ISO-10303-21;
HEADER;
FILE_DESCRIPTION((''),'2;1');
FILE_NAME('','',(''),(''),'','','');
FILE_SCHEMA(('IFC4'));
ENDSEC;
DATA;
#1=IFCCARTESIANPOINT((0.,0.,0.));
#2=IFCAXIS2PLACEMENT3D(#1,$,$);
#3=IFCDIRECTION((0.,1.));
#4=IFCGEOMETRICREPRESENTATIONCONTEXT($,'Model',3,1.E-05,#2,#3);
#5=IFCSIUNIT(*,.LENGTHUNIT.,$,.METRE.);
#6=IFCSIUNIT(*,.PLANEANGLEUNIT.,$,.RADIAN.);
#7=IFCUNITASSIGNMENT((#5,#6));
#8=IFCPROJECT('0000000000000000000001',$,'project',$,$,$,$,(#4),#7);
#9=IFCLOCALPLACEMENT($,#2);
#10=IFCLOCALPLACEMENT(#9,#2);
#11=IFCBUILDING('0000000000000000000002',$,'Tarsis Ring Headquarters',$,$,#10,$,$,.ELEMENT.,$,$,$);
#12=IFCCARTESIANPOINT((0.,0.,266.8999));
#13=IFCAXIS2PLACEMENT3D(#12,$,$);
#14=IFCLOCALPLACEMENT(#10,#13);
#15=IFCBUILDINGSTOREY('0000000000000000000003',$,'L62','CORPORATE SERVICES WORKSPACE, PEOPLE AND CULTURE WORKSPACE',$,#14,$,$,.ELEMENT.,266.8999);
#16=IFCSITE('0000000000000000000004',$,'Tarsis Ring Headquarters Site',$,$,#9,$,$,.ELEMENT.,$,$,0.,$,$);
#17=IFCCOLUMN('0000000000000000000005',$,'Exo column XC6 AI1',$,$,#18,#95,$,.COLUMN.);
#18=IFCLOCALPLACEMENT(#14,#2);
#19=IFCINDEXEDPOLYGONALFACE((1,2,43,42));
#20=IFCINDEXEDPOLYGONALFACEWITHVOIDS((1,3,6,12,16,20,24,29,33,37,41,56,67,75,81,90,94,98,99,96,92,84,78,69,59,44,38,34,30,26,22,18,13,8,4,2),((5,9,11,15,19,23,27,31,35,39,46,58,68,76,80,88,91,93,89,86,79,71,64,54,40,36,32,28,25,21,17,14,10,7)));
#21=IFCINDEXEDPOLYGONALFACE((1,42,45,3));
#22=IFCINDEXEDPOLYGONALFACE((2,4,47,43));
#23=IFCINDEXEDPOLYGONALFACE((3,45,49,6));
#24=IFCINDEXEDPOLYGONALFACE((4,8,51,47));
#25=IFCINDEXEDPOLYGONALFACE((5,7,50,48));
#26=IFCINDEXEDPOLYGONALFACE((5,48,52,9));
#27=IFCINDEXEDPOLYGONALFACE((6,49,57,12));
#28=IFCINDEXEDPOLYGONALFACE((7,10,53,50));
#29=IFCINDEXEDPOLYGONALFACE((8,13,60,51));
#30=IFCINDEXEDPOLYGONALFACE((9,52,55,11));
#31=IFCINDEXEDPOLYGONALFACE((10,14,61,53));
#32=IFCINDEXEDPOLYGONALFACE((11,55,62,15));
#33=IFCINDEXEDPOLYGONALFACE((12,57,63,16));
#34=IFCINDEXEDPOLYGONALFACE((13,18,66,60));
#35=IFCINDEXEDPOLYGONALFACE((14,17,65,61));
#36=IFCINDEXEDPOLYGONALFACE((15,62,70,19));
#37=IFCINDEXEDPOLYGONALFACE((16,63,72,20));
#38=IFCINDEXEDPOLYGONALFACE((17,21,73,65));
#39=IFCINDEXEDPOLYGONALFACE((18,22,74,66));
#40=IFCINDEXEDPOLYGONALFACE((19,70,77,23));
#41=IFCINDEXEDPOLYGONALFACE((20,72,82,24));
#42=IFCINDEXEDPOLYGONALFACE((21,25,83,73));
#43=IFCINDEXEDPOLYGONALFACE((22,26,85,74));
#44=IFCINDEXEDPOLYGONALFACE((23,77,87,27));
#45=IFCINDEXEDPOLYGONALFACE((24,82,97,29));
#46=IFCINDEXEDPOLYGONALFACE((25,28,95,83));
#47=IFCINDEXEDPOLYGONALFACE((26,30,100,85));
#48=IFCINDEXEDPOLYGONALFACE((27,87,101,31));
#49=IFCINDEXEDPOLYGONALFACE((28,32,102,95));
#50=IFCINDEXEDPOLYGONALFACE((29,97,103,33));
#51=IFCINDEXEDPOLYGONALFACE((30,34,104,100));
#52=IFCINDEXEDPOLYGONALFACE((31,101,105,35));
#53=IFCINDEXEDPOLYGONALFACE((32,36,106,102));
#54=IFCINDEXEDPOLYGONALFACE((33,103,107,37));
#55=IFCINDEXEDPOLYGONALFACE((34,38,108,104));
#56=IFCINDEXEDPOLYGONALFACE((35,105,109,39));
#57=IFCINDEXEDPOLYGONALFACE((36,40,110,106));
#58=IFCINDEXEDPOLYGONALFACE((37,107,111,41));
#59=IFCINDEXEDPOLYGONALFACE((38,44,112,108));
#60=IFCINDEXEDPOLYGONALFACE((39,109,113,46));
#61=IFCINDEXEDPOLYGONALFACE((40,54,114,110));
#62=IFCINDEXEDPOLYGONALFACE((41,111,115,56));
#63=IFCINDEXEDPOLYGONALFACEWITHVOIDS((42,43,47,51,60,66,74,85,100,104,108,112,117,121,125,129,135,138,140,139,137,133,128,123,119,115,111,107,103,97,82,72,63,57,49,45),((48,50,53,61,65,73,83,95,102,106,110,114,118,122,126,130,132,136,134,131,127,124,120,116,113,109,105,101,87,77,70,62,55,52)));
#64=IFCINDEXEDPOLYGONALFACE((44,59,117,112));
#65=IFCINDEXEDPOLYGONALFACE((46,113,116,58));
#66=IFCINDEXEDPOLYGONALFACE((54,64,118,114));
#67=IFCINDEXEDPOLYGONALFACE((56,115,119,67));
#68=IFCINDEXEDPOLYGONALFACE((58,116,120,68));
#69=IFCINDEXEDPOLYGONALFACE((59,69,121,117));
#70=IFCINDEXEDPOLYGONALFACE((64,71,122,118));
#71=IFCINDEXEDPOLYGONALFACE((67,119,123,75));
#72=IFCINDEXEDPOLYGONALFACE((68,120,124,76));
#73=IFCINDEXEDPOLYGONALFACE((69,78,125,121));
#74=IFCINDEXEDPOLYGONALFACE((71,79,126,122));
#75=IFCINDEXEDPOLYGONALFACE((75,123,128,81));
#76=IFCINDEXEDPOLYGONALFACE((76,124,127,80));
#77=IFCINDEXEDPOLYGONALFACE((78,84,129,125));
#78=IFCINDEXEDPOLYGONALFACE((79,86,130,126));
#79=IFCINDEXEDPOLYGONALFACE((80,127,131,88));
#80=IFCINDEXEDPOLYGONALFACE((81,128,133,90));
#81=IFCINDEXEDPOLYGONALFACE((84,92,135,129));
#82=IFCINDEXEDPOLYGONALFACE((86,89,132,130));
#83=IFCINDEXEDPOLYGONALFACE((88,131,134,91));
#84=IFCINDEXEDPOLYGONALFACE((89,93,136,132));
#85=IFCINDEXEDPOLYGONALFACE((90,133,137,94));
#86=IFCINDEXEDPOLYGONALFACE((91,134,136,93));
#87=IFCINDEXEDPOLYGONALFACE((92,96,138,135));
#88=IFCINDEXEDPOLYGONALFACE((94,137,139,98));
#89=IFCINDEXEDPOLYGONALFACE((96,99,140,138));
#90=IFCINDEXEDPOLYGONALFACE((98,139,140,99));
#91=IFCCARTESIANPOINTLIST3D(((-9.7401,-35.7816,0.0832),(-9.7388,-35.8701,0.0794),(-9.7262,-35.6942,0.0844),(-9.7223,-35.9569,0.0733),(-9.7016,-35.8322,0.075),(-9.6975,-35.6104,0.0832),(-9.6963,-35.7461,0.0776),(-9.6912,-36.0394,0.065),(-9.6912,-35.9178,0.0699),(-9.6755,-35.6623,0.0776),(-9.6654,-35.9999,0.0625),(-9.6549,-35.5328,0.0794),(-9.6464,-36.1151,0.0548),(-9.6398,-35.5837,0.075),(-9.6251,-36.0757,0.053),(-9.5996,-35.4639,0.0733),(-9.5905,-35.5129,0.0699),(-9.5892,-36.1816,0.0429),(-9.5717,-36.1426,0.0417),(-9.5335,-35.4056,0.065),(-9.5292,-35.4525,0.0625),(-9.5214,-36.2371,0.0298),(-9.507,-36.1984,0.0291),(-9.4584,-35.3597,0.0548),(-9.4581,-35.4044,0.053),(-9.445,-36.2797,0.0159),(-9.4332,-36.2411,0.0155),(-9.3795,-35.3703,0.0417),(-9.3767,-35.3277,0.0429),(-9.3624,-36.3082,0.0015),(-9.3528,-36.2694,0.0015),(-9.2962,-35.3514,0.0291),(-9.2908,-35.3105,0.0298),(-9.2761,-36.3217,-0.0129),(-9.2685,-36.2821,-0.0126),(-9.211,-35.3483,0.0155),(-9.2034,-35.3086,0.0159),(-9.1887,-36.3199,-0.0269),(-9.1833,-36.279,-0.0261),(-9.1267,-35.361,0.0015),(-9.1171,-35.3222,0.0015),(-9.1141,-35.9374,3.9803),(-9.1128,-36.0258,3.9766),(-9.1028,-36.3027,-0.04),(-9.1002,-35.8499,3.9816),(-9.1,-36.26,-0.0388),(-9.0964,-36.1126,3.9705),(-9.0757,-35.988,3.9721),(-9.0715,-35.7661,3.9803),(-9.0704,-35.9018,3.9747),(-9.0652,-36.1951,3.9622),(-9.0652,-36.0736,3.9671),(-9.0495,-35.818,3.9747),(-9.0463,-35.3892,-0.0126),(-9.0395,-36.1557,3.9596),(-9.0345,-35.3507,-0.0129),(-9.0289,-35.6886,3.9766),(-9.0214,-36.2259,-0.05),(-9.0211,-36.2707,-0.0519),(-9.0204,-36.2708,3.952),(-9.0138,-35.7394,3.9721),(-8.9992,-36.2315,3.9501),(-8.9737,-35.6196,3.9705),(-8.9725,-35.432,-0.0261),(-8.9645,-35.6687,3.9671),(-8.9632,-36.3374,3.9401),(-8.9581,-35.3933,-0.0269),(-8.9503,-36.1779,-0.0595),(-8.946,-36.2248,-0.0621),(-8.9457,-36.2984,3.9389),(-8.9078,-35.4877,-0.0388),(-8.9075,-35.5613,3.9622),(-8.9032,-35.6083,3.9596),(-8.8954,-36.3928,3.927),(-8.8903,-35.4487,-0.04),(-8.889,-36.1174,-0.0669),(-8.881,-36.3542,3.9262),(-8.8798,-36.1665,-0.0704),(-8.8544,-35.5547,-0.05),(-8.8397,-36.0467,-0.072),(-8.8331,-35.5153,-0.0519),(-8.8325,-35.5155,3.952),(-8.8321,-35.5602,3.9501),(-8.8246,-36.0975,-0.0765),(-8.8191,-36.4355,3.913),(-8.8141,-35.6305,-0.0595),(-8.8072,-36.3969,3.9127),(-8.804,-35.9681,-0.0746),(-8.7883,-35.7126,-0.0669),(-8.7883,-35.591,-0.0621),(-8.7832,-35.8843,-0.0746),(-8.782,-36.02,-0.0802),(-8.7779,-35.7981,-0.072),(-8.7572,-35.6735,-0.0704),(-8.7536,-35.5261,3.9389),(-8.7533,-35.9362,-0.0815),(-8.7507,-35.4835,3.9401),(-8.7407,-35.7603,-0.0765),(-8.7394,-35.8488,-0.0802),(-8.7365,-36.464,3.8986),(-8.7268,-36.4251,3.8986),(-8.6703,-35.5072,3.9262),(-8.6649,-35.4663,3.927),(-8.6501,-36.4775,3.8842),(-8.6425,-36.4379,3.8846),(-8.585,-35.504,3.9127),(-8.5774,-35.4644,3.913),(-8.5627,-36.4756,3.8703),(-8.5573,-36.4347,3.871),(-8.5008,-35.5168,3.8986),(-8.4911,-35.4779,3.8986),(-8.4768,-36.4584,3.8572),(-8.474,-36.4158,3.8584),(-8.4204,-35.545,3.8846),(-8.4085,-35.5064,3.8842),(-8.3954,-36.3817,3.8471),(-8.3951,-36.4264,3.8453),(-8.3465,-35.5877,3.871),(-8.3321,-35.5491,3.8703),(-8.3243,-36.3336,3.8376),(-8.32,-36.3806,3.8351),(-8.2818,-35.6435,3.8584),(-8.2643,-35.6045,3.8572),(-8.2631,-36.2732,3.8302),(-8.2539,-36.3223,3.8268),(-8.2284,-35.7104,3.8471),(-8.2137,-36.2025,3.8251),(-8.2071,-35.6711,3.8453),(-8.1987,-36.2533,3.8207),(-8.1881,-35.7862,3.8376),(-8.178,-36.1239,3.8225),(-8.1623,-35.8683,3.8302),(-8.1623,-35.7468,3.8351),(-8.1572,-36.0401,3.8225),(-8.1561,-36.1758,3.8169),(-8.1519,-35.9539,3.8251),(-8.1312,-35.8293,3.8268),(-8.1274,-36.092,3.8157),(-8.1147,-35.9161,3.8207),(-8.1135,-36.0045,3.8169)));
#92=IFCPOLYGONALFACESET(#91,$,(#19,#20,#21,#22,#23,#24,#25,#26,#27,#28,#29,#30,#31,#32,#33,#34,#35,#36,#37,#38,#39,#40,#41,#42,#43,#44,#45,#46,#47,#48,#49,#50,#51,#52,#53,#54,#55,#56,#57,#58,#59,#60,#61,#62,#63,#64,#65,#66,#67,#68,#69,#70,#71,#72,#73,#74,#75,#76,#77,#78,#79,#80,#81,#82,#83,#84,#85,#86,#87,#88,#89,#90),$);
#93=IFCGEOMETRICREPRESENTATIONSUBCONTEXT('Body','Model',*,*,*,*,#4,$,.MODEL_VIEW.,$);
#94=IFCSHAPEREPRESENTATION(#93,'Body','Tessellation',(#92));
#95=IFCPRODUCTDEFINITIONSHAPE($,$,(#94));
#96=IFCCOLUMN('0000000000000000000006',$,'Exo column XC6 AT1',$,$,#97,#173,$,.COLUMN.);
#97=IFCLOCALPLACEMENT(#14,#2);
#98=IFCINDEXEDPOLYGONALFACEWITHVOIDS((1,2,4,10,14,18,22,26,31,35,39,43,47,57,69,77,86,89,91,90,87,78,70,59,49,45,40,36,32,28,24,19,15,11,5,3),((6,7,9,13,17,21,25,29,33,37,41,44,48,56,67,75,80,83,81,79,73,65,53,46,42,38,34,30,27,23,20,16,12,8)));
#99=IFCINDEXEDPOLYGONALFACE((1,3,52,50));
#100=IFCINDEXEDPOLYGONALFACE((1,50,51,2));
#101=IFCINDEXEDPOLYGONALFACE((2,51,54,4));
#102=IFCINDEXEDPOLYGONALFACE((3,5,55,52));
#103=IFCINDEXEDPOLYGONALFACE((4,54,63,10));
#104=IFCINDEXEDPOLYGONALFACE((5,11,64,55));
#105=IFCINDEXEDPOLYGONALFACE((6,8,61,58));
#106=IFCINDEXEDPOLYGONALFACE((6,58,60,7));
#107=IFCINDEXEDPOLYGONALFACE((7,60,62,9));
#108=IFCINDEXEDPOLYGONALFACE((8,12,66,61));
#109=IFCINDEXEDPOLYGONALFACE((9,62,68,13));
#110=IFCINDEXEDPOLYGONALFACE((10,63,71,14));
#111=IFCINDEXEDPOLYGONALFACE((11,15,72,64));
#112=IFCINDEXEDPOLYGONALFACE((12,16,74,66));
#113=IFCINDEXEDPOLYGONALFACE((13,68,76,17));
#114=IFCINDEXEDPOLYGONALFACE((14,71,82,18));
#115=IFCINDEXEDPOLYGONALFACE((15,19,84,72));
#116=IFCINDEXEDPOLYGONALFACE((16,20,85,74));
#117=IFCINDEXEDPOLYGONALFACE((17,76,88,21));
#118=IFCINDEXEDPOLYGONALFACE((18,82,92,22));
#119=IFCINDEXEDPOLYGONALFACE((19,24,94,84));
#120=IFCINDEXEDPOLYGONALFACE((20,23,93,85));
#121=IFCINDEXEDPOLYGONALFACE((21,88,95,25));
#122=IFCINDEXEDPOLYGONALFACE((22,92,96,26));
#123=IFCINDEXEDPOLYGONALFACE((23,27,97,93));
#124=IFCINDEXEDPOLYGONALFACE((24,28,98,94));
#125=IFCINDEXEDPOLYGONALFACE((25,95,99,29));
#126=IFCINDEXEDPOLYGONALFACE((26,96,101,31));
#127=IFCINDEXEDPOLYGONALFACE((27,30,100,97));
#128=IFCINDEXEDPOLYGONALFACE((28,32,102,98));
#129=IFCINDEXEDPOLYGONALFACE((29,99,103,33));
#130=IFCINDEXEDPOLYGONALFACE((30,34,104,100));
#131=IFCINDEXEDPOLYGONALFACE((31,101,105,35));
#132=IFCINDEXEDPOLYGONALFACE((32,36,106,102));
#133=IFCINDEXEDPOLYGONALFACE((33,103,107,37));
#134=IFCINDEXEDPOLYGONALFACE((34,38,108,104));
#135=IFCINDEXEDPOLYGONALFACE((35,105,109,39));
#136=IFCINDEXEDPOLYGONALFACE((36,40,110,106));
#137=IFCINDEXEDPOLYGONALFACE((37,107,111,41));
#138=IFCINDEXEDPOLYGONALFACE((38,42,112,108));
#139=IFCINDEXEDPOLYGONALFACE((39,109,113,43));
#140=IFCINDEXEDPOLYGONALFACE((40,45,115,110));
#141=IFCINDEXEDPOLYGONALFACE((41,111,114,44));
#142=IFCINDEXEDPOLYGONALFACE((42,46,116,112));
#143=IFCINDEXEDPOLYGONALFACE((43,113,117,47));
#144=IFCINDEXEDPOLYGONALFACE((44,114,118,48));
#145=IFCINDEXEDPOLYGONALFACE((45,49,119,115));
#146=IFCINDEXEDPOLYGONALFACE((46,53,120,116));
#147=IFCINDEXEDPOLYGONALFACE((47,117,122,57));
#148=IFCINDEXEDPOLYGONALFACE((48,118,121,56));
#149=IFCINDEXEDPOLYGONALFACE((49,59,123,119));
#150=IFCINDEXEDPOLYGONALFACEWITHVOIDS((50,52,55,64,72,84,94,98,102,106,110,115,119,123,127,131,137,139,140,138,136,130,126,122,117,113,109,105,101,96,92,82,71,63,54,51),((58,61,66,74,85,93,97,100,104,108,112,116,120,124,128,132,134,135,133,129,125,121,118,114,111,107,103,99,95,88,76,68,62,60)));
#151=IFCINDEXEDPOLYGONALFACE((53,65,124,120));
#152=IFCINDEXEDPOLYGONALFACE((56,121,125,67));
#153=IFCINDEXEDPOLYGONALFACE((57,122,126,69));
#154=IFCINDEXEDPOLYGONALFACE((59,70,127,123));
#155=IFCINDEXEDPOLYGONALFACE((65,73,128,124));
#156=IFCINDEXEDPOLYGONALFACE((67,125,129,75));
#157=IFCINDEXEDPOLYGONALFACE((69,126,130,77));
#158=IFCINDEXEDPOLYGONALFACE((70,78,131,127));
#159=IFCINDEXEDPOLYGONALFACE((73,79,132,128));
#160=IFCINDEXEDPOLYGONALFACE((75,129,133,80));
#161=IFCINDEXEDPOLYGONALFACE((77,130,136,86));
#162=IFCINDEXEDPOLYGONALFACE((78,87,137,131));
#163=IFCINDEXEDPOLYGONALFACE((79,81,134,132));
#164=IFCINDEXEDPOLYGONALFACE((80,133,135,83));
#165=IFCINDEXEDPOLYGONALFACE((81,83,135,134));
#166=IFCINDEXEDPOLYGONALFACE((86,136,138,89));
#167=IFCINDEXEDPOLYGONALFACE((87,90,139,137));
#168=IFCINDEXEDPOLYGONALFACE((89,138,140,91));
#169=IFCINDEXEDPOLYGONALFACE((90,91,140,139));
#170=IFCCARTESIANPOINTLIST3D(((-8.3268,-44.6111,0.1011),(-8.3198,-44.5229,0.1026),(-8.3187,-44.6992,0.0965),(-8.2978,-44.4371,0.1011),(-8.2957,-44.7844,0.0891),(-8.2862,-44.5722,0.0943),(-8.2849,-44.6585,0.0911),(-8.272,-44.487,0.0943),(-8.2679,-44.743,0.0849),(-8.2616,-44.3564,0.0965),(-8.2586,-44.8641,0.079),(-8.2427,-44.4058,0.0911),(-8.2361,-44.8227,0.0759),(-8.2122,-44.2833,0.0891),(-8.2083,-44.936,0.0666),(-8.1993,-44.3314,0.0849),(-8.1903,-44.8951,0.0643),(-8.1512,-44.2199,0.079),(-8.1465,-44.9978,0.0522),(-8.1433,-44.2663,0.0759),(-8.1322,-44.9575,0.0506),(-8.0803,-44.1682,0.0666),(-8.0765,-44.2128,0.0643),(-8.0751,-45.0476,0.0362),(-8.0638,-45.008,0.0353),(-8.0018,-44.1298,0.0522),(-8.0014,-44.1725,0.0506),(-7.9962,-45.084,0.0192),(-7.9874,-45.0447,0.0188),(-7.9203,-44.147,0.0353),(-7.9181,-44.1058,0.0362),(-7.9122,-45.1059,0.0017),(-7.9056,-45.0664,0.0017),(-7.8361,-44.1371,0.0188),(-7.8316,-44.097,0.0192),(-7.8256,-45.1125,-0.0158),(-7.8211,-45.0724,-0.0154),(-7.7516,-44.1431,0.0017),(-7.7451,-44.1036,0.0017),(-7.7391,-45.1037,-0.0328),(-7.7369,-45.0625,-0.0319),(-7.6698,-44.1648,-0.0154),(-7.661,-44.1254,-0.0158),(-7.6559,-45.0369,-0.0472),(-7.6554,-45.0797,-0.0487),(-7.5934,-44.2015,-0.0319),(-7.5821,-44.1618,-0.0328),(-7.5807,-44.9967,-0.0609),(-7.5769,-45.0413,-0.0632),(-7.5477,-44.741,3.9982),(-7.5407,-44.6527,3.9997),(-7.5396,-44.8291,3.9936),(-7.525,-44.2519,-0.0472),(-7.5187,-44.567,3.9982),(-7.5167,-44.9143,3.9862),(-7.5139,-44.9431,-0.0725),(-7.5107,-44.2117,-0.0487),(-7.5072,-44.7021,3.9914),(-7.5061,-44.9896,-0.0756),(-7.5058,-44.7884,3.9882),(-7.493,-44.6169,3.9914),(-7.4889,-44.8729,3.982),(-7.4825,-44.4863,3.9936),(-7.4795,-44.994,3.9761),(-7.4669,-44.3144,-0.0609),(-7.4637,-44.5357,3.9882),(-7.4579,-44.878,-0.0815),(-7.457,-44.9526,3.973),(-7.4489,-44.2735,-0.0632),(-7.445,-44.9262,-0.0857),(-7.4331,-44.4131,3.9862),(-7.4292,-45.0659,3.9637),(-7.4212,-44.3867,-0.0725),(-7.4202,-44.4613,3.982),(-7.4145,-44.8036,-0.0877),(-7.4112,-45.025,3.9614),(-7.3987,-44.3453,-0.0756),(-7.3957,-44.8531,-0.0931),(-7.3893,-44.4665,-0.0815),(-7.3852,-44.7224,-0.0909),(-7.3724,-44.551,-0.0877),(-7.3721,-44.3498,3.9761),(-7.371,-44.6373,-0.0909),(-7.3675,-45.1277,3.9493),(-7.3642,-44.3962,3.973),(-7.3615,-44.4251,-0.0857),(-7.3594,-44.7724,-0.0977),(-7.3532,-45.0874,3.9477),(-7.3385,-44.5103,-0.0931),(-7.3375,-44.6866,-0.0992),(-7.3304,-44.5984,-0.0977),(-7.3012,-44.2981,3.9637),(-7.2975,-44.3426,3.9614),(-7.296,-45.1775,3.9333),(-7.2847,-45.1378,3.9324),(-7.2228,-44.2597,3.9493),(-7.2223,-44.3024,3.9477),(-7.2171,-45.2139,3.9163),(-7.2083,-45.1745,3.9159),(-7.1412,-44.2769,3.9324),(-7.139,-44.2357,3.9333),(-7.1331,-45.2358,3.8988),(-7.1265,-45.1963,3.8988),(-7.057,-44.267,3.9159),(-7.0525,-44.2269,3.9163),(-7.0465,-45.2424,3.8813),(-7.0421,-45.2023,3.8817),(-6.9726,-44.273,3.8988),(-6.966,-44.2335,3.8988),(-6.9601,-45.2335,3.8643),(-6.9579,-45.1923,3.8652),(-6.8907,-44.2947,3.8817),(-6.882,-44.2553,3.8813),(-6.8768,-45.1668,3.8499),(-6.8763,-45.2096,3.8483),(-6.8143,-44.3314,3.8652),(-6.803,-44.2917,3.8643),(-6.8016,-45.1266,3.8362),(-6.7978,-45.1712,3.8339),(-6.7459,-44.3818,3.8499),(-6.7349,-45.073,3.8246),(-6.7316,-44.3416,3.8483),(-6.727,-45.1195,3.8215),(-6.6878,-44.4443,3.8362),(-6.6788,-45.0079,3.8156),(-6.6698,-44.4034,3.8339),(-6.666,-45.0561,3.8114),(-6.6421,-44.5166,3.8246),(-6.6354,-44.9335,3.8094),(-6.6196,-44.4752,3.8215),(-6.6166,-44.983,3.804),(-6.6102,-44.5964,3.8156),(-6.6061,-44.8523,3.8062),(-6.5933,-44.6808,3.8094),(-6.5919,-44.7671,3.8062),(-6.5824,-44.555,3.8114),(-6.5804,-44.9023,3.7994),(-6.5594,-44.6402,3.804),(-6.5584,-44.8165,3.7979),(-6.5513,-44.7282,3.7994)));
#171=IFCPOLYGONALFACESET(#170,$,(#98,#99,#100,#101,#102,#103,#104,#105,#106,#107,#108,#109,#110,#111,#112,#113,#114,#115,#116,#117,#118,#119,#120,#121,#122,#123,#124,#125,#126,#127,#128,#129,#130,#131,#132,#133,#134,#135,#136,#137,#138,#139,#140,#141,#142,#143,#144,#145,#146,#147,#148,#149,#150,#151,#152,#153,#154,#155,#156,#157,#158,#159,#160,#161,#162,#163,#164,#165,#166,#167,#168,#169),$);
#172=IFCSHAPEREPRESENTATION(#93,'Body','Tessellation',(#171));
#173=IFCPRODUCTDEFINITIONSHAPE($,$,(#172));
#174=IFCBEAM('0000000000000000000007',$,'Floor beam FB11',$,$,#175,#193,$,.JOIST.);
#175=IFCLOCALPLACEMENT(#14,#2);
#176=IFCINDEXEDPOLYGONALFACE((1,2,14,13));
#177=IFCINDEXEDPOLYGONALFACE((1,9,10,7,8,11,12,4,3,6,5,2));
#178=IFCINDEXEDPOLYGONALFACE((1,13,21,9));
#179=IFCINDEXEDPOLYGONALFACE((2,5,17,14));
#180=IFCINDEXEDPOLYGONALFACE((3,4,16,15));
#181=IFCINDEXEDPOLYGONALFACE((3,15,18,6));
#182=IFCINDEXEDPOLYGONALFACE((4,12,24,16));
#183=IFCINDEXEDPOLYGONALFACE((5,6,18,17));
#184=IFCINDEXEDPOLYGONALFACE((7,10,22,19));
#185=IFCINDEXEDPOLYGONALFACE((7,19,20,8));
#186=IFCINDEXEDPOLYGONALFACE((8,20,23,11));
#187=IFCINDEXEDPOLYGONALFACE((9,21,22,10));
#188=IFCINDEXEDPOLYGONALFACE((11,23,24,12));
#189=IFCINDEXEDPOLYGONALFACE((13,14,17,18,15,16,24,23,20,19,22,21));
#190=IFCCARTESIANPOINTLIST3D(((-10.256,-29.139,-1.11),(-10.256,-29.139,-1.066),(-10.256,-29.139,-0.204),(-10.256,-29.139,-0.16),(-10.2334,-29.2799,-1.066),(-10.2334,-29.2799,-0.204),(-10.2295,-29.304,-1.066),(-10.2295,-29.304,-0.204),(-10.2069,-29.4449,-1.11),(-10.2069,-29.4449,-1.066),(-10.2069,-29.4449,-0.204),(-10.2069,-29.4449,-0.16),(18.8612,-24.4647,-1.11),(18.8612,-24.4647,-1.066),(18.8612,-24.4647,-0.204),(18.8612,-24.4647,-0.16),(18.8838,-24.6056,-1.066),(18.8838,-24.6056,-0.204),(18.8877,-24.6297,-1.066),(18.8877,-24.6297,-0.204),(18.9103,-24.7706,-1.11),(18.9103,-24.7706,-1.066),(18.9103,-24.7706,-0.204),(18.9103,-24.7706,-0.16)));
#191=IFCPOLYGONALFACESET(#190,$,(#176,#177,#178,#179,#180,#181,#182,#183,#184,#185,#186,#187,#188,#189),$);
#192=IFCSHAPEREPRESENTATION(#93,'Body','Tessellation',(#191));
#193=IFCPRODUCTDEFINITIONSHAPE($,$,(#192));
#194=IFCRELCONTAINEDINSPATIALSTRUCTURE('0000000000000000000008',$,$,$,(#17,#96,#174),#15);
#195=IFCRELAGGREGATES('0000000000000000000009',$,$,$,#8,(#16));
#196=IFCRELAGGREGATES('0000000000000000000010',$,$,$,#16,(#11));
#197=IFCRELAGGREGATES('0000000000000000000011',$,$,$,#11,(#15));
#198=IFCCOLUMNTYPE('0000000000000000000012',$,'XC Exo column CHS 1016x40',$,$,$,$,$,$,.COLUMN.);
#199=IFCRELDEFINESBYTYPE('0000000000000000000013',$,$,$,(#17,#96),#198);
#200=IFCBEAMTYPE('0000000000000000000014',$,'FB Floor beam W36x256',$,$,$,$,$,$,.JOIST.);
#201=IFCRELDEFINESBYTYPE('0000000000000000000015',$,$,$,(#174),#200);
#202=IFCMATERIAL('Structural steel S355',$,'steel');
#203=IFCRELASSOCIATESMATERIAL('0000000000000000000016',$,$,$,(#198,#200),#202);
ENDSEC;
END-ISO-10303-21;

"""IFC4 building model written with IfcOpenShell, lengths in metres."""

from ifc_helpers import new_model, si_unit, direction, frame, origin, origin_2d, place, context, subcontext, project, spatial, hollow_circle, i_section, extrude, material, material_profile, profile_set, type_object, element, save


model = new_model("IFC4")

# Units and contexts
model_context = context("Model", 3, precision=1e-05, world=origin(), true_north=direction((0.0, 1.0)))
body_context = subcontext(model_context, "Body", "Model", "MODEL_VIEW")
ifc_project = project(units=[si_unit("LENGTHUNIT", "METRE"), si_unit("PLANEANGLEUNIT", "RADIAN")], contexts=[model_context])

# Site, building, storey
site_placement = place(None, origin())
site = spatial("IfcSite", under=ifc_project, at=site_placement, Name="Tarsis Ring Headquarters Site", CompositionType="ELEMENT", RefElevation=0.0)
building_placement = place(site_placement, origin())
building = spatial("IfcBuilding", under=site, at=building_placement, Name="Tarsis Ring Headquarters", CompositionType="ELEMENT")
storey_placement = place(building_placement, frame((0.0, 0.0, 266.8999)))
storey = spatial("IfcBuildingStorey", under=building, at=storey_placement, Name="L62", Description="CORPORATE SERVICES WORKSPACE, PEOPLE AND CULTURE WORKSPACE", CompositionType="ELEMENT", Elevation=266.8999)

# Columns
ifc_material_1 = material(Name="Structural steel S355", Category="steel")
ifc_material_profile_1 = material_profile(ifc_material_1, hollow_circle(Radius=0.5081, WallThickness=0.04, at=origin_2d()), Name="CHS 1016x40")
ifc_profile_set_1 = profile_set([ifc_material_profile_1], Name="Structural steel S355")
column_type = type_object("IfcColumnType", Name="XC Exo column CHS 1016x40", PredefinedType="COLUMN", material=ifc_profile_set_1)
column_1_placement = place(storey_placement, frame((-9.2397, -35.8152, 0.0015), z_axis=(0.158465, -0.039431, 0.986577), x_axis=(0.241467, 0.970409, 0.0)))
element("IfcColumn", 1, at=column_1_placement, inside=storey, type_object=column_type, Name="Exo column XC6 AI1", PredefinedType="COLUMN", context=body_context, shape_type="SweptSolid", body=[
    extrude(hollow_circle(Radius=0.5081, WallThickness=0.04, at=origin_2d()), origin(), (0.0, 0.0, 1.0), 3.9502),
])
column_2_placement = place(storey_placement, frame((-7.8286, -44.6047, 0.0017), z_axis=(0.195929, -0.032665, 0.980074), x_axis=(0.164449, 0.986386, 0.0)))
element("IfcColumn", 2, at=column_2_placement, inside=storey, type_object=column_type, Name="Exo column XC6 AT1", PredefinedType="COLUMN", context=body_context, shape_type="SweptSolid", body=[
    extrude(hollow_circle(Radius=0.5081, WallThickness=0.04, at=origin_2d()), origin(), (0.0, 0.0, 1.0), 3.9763),
])

# Beam
ifc_material_profile_2 = material_profile(ifc_material_1, i_section(OverallWidth=0.3098, OverallDepth=0.95, WebThickness=0.0244, FlangeThickness=0.0439, at=origin_2d()), Name="W36x256")
ifc_profile_set_2 = profile_set([ifc_material_profile_2], Name="Structural steel S355")
beam_type_1 = type_object("IfcBeamType", Name="FB Floor beam W36x256", PredefinedType="JOIST", material=ifc_profile_set_2)
for number, where, z_axis, x_axis, name in (
    (3, (-10.2314, -29.292, -0.635), (0.987358, 0.158505, 0.0), (-0.158505, 0.987358, 0.0), "Floor beam FB11"),
):
    element("IfcBeam", number, at=place(storey_placement, frame(where, z_axis=z_axis, x_axis=x_axis)), inside=storey, type_object=beam_type_1, Name=name, PredefinedType="JOIST", context=body_context, shape_type="SweptSolid", body=[
        extrude(i_section(OverallWidth=0.3098, OverallDepth=0.95, WebThickness=0.0244, FlangeThickness=0.0439, at=origin_2d()), origin(), (0.0, 0.0, 1.0), 29.49),
    ])

save(model, "model.ifc")
